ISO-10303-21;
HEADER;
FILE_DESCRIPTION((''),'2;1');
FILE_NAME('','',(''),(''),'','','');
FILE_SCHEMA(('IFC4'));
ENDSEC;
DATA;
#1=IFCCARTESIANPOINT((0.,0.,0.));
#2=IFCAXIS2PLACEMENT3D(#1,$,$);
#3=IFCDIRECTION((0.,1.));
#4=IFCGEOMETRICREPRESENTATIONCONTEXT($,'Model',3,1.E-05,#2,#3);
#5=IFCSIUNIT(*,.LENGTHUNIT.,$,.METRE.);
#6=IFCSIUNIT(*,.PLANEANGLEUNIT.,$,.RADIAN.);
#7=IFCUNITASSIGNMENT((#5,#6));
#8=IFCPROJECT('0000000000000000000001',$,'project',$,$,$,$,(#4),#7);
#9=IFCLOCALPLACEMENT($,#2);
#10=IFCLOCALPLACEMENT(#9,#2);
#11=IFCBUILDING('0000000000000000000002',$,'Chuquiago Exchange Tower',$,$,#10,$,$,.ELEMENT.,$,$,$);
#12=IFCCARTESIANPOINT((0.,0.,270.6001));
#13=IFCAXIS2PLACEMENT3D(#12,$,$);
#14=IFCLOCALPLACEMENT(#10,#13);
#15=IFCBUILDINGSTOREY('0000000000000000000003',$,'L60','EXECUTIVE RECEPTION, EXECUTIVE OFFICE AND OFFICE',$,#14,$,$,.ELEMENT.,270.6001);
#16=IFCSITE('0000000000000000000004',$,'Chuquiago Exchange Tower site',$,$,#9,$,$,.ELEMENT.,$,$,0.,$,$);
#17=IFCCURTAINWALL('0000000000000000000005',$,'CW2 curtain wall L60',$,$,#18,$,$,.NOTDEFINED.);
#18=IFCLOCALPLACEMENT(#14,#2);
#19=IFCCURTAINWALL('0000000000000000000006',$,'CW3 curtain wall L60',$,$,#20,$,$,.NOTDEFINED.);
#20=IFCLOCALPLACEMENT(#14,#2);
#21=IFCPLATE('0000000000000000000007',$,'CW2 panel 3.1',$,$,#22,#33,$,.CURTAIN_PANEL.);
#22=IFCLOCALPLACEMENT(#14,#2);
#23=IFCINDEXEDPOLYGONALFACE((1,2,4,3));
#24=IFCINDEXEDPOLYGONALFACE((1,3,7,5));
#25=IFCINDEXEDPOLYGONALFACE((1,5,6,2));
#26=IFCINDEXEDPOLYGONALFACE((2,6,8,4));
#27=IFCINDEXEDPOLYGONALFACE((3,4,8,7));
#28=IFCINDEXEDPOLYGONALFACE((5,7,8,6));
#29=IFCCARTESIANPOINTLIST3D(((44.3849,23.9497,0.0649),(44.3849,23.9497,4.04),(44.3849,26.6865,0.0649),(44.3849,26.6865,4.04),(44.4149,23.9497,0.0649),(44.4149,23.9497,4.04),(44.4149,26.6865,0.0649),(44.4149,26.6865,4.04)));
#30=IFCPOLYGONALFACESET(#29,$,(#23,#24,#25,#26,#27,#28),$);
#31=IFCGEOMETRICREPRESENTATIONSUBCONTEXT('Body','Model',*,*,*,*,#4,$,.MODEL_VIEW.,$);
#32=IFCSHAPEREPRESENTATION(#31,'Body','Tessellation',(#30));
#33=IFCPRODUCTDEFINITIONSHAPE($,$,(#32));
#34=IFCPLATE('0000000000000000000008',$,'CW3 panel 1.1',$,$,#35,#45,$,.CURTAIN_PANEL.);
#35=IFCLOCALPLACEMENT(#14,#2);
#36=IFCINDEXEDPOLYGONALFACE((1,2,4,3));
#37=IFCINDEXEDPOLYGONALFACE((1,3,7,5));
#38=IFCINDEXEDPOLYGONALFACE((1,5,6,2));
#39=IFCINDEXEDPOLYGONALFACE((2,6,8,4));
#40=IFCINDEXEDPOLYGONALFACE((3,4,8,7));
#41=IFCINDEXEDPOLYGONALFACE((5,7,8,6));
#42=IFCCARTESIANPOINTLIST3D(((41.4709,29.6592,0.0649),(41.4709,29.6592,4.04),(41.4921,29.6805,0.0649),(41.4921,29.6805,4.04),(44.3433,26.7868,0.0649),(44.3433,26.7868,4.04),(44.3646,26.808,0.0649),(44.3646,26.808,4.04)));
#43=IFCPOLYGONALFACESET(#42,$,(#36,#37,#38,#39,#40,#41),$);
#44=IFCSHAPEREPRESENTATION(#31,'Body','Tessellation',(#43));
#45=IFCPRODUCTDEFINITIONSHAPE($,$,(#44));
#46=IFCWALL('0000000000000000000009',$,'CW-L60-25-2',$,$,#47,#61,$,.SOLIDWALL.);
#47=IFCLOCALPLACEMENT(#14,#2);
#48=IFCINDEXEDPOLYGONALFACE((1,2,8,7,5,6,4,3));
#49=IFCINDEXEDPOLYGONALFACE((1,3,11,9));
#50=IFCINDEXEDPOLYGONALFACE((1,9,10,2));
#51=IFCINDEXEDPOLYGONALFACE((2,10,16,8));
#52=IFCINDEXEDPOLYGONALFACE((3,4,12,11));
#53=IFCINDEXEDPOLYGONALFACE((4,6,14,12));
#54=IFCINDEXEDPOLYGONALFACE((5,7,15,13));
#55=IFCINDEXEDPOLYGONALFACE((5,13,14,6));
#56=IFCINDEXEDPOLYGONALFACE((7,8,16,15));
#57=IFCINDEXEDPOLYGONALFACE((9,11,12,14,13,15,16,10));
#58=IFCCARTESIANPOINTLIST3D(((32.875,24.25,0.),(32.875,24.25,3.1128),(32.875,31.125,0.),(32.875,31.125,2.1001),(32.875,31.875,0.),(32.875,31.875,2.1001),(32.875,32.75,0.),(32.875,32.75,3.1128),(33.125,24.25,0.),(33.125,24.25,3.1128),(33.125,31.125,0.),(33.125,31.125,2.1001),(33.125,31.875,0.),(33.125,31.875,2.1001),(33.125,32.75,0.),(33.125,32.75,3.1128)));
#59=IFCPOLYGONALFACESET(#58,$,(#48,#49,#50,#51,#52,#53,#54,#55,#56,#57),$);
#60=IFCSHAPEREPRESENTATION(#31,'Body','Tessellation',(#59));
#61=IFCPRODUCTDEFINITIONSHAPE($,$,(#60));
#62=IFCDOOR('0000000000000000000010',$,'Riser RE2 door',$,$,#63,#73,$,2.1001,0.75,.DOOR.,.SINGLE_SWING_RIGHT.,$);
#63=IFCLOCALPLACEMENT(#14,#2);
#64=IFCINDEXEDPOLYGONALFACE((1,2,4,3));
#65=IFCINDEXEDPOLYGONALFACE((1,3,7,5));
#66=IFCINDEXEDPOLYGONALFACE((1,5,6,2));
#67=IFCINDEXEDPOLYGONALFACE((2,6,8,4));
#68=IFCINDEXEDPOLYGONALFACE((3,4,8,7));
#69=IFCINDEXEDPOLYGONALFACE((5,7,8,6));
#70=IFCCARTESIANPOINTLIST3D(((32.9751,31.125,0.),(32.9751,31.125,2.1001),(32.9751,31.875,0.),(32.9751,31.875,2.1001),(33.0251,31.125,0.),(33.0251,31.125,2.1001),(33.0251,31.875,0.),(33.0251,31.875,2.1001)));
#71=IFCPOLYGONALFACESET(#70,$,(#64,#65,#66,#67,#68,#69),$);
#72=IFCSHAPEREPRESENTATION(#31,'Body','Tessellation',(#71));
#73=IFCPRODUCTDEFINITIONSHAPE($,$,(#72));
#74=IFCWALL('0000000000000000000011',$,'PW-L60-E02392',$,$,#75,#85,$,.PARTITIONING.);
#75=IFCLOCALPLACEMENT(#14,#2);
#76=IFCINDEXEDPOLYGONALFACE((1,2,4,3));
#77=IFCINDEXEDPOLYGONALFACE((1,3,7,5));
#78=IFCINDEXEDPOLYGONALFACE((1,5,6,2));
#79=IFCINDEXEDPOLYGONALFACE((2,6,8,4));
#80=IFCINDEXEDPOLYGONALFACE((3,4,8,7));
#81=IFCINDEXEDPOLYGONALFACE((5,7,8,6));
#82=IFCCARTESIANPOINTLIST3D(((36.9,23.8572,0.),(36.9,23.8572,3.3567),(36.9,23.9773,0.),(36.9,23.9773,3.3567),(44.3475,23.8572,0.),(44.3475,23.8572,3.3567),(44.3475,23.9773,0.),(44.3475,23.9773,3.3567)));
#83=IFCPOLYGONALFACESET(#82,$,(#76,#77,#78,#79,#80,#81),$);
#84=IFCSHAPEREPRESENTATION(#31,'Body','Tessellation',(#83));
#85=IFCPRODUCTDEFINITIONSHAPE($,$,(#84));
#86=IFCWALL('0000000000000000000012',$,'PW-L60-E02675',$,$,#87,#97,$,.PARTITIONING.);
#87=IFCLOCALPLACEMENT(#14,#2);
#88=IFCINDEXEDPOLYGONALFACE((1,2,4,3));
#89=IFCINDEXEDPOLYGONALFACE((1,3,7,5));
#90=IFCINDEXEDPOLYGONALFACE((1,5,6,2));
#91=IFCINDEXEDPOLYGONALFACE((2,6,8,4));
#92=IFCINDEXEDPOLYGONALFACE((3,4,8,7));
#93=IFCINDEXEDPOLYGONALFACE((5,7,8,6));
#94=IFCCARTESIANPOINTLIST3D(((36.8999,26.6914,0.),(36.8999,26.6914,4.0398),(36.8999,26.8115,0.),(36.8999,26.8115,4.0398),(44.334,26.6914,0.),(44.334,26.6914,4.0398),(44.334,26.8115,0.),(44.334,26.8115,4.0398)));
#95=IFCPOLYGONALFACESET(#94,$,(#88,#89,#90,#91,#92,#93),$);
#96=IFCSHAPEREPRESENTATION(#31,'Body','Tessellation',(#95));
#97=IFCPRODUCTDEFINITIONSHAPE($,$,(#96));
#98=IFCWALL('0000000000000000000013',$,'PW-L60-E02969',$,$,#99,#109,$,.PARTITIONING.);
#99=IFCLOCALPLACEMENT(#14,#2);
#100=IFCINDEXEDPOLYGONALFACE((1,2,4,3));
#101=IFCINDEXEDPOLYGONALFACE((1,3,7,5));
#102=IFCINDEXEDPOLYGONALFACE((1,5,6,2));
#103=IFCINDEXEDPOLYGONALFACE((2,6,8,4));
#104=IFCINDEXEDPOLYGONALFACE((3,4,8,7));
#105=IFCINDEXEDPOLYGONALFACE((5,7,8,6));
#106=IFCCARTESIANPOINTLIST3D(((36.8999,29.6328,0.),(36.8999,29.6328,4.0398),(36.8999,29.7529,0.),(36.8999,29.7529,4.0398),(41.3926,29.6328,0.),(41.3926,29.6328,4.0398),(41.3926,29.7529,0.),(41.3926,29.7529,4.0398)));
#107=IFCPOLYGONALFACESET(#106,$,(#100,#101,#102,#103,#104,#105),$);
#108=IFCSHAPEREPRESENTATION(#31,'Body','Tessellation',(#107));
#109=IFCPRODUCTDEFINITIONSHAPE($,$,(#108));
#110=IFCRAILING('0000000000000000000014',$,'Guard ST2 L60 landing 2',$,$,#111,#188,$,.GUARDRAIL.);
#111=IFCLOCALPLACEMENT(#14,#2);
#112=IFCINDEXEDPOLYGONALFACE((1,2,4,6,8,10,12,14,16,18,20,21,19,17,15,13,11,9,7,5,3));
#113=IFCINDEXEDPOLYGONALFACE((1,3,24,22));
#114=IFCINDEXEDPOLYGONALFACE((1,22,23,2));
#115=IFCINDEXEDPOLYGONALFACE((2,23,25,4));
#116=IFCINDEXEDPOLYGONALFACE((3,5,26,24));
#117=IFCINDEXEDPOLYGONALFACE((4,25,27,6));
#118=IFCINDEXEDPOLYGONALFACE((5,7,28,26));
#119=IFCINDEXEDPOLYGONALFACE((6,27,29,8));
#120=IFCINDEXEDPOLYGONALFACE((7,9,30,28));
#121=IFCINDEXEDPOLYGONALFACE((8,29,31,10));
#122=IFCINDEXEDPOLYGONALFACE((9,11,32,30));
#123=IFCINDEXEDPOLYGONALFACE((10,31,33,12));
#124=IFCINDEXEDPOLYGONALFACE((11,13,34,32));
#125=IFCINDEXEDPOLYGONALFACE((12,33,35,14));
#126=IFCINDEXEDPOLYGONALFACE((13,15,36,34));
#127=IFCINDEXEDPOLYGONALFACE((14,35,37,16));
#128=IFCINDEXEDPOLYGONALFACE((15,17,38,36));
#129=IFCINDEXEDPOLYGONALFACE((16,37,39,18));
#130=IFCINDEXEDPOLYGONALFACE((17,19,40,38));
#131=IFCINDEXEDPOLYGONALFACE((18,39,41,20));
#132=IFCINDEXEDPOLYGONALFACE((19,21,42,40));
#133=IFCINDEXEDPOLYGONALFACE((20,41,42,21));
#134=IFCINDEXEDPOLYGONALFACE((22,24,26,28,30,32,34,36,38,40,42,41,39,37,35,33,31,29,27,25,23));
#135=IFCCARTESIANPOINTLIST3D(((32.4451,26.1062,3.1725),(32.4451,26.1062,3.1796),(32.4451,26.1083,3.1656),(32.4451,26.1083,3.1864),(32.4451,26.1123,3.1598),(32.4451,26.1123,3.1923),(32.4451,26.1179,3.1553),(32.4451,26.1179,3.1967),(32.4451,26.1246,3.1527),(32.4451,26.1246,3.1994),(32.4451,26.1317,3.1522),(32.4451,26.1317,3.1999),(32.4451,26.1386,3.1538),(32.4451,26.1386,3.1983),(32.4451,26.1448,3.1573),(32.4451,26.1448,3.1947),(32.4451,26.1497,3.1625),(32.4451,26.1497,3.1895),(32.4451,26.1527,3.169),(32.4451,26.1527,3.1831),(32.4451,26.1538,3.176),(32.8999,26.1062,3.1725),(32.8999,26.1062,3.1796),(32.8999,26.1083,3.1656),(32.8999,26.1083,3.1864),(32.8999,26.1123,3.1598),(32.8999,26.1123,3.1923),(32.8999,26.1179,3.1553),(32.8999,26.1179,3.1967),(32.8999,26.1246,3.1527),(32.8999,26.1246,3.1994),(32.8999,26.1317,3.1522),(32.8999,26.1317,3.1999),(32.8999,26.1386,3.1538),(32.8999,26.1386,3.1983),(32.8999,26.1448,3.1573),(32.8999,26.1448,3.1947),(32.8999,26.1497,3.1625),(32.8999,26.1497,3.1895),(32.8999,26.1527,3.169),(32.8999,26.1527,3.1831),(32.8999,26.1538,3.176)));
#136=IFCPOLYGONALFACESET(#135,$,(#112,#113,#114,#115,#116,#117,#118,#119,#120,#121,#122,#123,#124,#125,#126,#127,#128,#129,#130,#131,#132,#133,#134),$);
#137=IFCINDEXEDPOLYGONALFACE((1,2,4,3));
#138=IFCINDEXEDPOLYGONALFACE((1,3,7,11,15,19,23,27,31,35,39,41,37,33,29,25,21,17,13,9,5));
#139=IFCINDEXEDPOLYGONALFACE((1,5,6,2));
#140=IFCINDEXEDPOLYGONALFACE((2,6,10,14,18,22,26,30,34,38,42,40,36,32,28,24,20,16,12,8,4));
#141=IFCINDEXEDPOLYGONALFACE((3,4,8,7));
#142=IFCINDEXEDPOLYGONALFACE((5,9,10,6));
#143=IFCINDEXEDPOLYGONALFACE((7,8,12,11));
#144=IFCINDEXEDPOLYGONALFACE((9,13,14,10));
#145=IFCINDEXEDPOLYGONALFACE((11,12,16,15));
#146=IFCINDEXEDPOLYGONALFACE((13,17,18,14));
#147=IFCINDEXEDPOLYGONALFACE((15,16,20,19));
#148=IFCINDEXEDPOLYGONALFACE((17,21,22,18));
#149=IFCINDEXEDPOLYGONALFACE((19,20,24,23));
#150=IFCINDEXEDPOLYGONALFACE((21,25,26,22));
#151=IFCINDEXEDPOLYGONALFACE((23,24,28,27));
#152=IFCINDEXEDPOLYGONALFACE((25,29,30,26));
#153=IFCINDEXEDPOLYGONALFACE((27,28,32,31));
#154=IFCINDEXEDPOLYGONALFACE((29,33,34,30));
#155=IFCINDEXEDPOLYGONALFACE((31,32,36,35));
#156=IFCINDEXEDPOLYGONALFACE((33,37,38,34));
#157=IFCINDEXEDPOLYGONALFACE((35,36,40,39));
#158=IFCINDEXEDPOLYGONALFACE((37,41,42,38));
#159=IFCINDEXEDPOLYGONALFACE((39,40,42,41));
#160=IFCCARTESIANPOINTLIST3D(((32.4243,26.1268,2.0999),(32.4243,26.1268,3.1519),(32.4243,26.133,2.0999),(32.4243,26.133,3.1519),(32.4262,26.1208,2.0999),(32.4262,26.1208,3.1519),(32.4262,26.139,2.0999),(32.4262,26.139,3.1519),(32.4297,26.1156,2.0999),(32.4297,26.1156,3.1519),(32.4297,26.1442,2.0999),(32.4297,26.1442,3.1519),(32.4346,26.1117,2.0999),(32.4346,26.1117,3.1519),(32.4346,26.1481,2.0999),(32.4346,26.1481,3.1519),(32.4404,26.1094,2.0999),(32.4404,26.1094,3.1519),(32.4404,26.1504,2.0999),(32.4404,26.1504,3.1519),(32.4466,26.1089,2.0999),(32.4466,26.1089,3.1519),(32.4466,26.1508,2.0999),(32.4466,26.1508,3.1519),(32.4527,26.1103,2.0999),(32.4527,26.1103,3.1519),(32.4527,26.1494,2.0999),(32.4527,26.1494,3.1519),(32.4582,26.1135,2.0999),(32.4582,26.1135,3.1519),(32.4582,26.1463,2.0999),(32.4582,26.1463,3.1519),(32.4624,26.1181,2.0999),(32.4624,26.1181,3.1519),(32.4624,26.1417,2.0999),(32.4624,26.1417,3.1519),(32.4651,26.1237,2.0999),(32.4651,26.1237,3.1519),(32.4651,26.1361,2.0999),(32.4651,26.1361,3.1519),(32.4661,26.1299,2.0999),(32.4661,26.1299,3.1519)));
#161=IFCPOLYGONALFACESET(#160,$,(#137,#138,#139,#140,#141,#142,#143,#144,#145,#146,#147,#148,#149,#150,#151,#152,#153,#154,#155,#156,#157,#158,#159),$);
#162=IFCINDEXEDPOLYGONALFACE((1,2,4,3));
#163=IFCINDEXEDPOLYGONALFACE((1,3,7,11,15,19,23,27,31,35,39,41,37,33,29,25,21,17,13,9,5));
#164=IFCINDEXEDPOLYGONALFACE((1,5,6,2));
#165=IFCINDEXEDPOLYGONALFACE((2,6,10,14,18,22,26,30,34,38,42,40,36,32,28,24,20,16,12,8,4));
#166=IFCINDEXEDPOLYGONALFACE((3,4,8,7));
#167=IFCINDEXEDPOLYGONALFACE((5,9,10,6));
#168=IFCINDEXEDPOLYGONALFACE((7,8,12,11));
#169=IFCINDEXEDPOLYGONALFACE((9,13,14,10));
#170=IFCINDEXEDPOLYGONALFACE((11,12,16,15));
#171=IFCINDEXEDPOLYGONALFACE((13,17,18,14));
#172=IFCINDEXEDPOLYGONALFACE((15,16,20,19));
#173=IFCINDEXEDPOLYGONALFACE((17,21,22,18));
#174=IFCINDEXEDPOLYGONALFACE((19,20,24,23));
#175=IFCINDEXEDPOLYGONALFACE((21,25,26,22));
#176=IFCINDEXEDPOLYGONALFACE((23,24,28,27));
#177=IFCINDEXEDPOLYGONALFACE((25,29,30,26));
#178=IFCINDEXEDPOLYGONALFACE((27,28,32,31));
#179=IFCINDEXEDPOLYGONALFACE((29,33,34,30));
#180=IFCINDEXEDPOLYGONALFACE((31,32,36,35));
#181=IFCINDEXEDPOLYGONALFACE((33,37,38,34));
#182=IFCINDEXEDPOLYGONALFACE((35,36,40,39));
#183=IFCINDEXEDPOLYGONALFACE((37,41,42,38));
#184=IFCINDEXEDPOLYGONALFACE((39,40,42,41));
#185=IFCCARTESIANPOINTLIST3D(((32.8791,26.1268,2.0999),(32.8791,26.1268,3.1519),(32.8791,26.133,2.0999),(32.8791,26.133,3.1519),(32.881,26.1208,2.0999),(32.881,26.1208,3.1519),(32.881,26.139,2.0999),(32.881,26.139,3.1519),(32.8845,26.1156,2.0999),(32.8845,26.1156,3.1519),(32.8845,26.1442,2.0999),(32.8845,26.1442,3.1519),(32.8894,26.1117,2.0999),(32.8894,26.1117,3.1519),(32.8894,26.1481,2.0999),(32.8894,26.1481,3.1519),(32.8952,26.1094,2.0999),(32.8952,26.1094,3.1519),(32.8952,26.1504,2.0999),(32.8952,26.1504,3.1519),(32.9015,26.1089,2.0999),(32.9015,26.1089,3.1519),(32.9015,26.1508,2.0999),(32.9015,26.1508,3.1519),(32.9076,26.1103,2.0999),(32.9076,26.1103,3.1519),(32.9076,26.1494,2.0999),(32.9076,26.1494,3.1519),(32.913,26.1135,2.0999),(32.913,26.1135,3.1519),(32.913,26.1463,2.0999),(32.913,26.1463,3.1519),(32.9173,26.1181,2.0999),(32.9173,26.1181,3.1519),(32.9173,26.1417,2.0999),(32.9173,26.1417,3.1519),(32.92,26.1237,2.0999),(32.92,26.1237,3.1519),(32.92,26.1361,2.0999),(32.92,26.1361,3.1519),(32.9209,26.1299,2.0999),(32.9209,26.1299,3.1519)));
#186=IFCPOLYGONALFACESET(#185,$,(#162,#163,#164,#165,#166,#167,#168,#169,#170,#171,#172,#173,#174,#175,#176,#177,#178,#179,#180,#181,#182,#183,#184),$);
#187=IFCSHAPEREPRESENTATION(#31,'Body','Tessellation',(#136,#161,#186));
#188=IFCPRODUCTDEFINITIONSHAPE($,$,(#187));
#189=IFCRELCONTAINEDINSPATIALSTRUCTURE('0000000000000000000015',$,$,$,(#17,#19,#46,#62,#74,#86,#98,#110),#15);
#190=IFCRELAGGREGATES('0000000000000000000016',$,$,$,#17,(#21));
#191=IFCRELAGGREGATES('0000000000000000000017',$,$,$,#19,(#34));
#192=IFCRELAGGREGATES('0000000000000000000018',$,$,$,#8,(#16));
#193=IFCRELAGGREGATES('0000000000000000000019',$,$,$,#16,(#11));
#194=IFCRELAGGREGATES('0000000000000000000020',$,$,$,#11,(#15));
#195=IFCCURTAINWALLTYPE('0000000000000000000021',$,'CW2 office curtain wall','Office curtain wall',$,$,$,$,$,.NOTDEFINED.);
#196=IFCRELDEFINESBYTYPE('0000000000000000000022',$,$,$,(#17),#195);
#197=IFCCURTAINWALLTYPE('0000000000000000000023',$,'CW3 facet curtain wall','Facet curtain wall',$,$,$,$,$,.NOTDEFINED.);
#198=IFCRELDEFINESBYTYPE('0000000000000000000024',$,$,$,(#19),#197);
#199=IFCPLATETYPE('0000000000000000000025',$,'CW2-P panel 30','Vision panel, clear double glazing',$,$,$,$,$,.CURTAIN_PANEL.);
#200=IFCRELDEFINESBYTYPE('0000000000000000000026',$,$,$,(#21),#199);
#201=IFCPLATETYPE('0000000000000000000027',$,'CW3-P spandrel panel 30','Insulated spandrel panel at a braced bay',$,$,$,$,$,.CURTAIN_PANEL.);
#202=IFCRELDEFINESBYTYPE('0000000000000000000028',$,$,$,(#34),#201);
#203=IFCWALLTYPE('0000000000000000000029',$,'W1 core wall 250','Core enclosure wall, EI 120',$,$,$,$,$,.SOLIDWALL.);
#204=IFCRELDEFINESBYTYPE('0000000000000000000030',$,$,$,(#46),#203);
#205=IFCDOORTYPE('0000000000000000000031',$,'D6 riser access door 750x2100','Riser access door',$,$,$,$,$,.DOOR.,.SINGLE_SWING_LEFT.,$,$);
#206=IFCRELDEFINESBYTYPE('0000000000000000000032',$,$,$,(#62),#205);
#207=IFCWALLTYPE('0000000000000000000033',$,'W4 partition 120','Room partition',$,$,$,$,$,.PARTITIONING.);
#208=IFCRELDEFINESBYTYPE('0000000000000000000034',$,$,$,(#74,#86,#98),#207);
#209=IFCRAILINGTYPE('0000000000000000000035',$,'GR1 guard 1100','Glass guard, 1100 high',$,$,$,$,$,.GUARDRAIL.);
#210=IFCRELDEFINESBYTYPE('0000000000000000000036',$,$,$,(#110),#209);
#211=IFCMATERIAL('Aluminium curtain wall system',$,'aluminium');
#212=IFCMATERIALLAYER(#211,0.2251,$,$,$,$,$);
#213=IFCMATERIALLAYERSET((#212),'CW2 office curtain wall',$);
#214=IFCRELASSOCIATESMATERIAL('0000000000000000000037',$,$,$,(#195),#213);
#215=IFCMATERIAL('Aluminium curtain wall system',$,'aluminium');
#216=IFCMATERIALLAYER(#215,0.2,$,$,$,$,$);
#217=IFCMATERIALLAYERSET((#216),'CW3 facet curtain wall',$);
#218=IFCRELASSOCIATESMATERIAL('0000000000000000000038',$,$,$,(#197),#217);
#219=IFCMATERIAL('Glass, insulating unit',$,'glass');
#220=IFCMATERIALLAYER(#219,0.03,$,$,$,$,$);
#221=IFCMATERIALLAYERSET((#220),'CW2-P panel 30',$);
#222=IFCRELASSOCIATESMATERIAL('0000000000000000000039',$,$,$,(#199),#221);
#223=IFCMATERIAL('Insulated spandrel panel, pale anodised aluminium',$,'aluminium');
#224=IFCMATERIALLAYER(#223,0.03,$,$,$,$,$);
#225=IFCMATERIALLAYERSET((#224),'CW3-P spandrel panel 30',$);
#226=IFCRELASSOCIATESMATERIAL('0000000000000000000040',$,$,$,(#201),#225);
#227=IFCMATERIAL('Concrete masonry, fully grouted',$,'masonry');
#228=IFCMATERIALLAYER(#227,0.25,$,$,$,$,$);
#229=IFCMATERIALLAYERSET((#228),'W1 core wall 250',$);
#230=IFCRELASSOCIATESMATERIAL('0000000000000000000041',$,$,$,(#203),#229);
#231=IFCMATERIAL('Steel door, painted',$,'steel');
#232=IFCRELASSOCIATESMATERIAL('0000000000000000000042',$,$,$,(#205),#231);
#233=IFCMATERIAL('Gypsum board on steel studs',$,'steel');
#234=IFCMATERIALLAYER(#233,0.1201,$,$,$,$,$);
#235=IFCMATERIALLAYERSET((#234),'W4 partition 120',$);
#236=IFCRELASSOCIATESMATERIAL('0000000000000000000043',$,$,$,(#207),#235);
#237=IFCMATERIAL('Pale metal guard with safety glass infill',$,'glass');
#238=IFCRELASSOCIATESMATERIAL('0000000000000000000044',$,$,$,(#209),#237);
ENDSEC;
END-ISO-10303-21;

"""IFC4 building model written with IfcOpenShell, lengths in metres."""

from ifc_helpers import new_model, si_unit, direction, frame, frame_2d, origin, origin_2d, place, context, subcontext, project, spatial, rectangle, circle, extrude, material, layer, layer_set, type_object, element, fill, aggregate, save


model = new_model("IFC4")

# Units and contexts
model_context = context("Model", 3, precision=1e-05, world=origin(), true_north=direction((0.0, 1.0)))
body_context = subcontext(model_context, "Body", "Model", "MODEL_VIEW")
ifc_project = project(units=[si_unit("LENGTHUNIT", "METRE"), si_unit("PLANEANGLEUNIT", "RADIAN")], contexts=[model_context])

# Site, building, storey
site_placement = place(None, origin())
site = spatial("IfcSite", under=ifc_project, at=site_placement, Name="Chuquiago Exchange Tower site", CompositionType="ELEMENT", RefElevation=0.0)
building_placement = place(site_placement, origin())
building = spatial("IfcBuilding", under=site, at=building_placement, Name="Chuquiago Exchange Tower", CompositionType="ELEMENT")
storey_placement = place(building_placement, frame((0.0, 0.0, 270.6001)))
storey = spatial("IfcBuildingStorey", under=building, at=storey_placement, Name="L60", Description="EXECUTIVE RECEPTION, EXECUTIVE OFFICE AND OFFICE", CompositionType="ELEMENT", Elevation=270.6001)

# Curtain walls
ifc_material_1 = material(Name="Aluminium curtain wall system", Category="aluminium")
ifc_layer_1 = layer(ifc_material_1, 0.2251)
ifc_layer_set_1 = layer_set([ifc_layer_1], Name="CW2 office curtain wall")
curtain_wall_type_1 = type_object("IfcCurtainWallType", Name="CW2 office curtain wall", Description="Office curtain wall", PredefinedType="NOTDEFINED", material=ifc_layer_set_1)
curtain_wall_1_placement = place(storey_placement, origin())
curtain_wall_1 = element("IfcCurtainWall", 1, at=curtain_wall_1_placement, inside=storey, type_object=curtain_wall_type_1, Name="CW2 curtain wall L60", PredefinedType="NOTDEFINED")
ifc_material_2 = material(Name="Aluminium curtain wall system", Category="aluminium")
ifc_layer_2 = layer(ifc_material_2, 0.2)
ifc_layer_set_2 = layer_set([ifc_layer_2], Name="CW3 facet curtain wall")
curtain_wall_type_2 = type_object("IfcCurtainWallType", Name="CW3 facet curtain wall", Description="Facet curtain wall", PredefinedType="NOTDEFINED", material=ifc_layer_set_2)
curtain_wall_2_placement = place(storey_placement, origin())
curtain_wall_2 = element("IfcCurtainWall", 2, at=curtain_wall_2_placement, inside=storey, type_object=curtain_wall_type_2, Name="CW3 curtain wall L60", PredefinedType="NOTDEFINED")

# Plates
ifc_material_3 = material(Name="Glass, insulating unit", Category="glass")
ifc_layer_3 = layer(ifc_material_3, 0.03)
ifc_layer_set_3 = layer_set([ifc_layer_3], Name="CW2-P panel 30")
plate_type_1 = type_object("IfcPlateType", Name="CW2-P panel 30", Description="Vision panel, clear double glazing", PredefinedType="CURTAIN_PANEL", material=ifc_layer_set_3)
plate_1_placement = place(storey_placement, frame((44.3999, 25.3181, 0.0649), z_axis=(0.0, 0.0, 1.0), x_axis=(0.0, 1.0, 0.0)))
plate_1 = element("IfcPlate", 3, at=plate_1_placement, type_object=plate_type_1, Name="CW2 panel 3.1", PredefinedType="CURTAIN_PANEL", context=body_context, shape_type="SweptSolid", body=[
    extrude(rectangle(XDim=2.7368, YDim=0.03, at=origin_2d()), origin(), (0.0, 0.0, 1.0), 3.9751),
])
aggregate(curtain_wall_1, [plate_1])
ifc_material_4 = material(Name="Insulated spandrel panel, pale anodised aluminium", Category="aluminium")
ifc_layer_4 = layer(ifc_material_4, 0.03)
ifc_layer_set_4 = layer_set([ifc_layer_4], Name="CW3-P spandrel panel 30")
plate_type_2 = type_object("IfcPlateType", Name="CW3-P spandrel panel 30", Description="Insulated spandrel panel at a braced bay", PredefinedType="CURTAIN_PANEL", material=ifc_layer_set_4)
plate_2_placement = place(storey_placement, frame((42.9177, 28.2336, 0.0649), z_axis=(0.0, 0.0, 1.0), x_axis=(-0.707107, 0.707107, 0.0)))
plate_2 = element("IfcPlate", 4, at=plate_2_placement, type_object=plate_type_2, Name="CW3 panel 1.1", PredefinedType="CURTAIN_PANEL", context=body_context, shape_type="SweptSolid", body=[
    extrude(rectangle(XDim=4.0623, YDim=0.03, at=origin_2d()), origin(), (0.0, 0.0, 1.0), 3.9751),
])
aggregate(curtain_wall_2, [plate_2])

# Wall, opening, door
ifc_material_5 = material(Name="Concrete masonry, fully grouted", Category="masonry")
ifc_layer_5 = layer(ifc_material_5, 0.25)
ifc_layer_set_5 = layer_set([ifc_layer_5], Name="W1 core wall 250")
wall_type_1 = type_object("IfcWallType", Name="W1 core wall 250", Description="Core enclosure wall, EI 120", PredefinedType="SOLIDWALL", material=ifc_layer_set_5)
wall_1_placement = place(storey_placement, frame((33.0, 24.25, 0.0), z_axis=(0.0, 0.0, 1.0), x_axis=(0.0, 1.0, 0.0)))
wall_1 = element("IfcWall", 5, at=wall_1_placement, inside=storey, type_object=wall_type_1, Name="CW-L60-25-2", PredefinedType="SOLIDWALL", context=body_context, shape_type="SweptSolid", body=[
    extrude(rectangle(XDim=8.5, YDim=0.25, at=frame_2d((4.25, 0.0))), origin(), (0.0, 0.0, 1.0), 3.1128),
])
opening_1_placement = place(wall_1_placement, frame((6.875, 0.0, 0.0)))
opening_1 = element("IfcOpeningElement", 6, at=opening_1_placement, cuts=wall_1, PredefinedType="OPENING", context=body_context, shape_type="SweptSolid", body=[
    extrude(rectangle(XDim=0.75, YDim=2.1001, at=frame_2d((0.375, 1.05))), frame((0.0, 0.135, 0.0), z_axis=(0.0, -1.0, 0.0), x_axis=(1.0, 0.0, 0.0)), (0.0, 0.0, 1.0), 0.27),
])
ifc_material_6 = material(Name="Steel door, painted", Category="steel")
door_type_1 = type_object("IfcDoorType", Name="D6 riser access door 750x2100", Description="Riser access door", OperationType="SINGLE_SWING_LEFT", PredefinedType="DOOR", material=ifc_material_6)
door_1_placement = place(opening_1_placement, origin())
door_1 = element("IfcDoor", 7, at=door_1_placement, inside=storey, type_object=door_type_1, Name="Riser RE2 door", OperationType="SINGLE_SWING_RIGHT", OverallHeight=2.1001, OverallWidth=0.75, PredefinedType="DOOR", context=body_context, shape_type="SweptSolid", body=[
    extrude(rectangle(XDim=0.75, YDim=2.1001, at=frame_2d((0.375, 1.05))), frame((0.0, 0.0249, 0.0), z_axis=(0.0, -1.0, 0.0), x_axis=(1.0, 0.0, 0.0)), (0.0, 0.0, 1.0), 0.05),
])
fill(opening_1, door_1)

# Walls
ifc_material_7 = material(Name="Gypsum board on steel studs", Category="steel")
ifc_layer_6 = layer(ifc_material_7, 0.1201)
ifc_layer_set_6 = layer_set([ifc_layer_6], Name="W4 partition 120")
wall_type_2 = type_object("IfcWallType", Name="W4 partition 120", Description="Room partition", PredefinedType="PARTITIONING", material=ifc_layer_set_6)
wall_2_placement = place(storey_placement, frame((44.3474, 23.9172, 0.0), z_axis=(0.0, 0.0, 1.0), x_axis=(-1.0, 0.0, 0.0)))
element("IfcWall", 8, at=wall_2_placement, inside=storey, type_object=wall_type_2, Name="PW-L60-E02392", PredefinedType="PARTITIONING", context=body_context, shape_type="SweptSolid", body=[
    extrude(rectangle(XDim=7.4475, YDim=0.1201, at=frame_2d((3.7236, 0.0))), origin(), (0.0, 0.0, 1.0), 3.3567),
])
wall_3_placement = place(storey_placement, frame((44.334, 26.7515, 0.0), z_axis=(0.0, 0.0, 1.0), x_axis=(-1.0, 0.0, 0.0)))
element("IfcWall", 9, at=wall_3_placement, inside=storey, type_object=wall_type_2, Name="PW-L60-E02675", PredefinedType="PARTITIONING", context=body_context, shape_type="SweptSolid", body=[
    extrude(rectangle(XDim=7.4341, YDim=0.1201, at=frame_2d((3.717, 0.0))), origin(), (0.0, 0.0, 1.0), 4.0398),
])
wall_4_placement = place(storey_placement, frame((41.3926, 29.6929, 0.0), z_axis=(0.0, 0.0, 1.0), x_axis=(-1.0, 0.0, 0.0)))
element("IfcWall", 10, at=wall_4_placement, inside=storey, type_object=wall_type_2, Name="PW-L60-E02969", PredefinedType="PARTITIONING", context=body_context, shape_type="SweptSolid", body=[
    extrude(rectangle(XDim=4.4927, YDim=0.1201, at=frame_2d((2.2463, 0.0))), origin(), (0.0, 0.0, 1.0), 4.0398),
])

# Railing
ifc_material_8 = material(Name="Pale metal guard with safety glass infill", Category="glass")
railing_type_1 = type_object("IfcRailingType", Name="GR1 guard 1100", Description="Glass guard, 1100 high", PredefinedType="GUARDRAIL", material=ifc_material_8)
railing_1_placement = place(storey_placement, frame((32.4451, 26.1299, 2.0999)))
element("IfcRailing", 11, at=railing_1_placement, inside=storey, type_object=railing_type_1, Name="Guard ST2 L60 landing 2", PredefinedType="GUARDRAIL", context=body_context, shape_type="SweptSolid", body=[
    extrude(circle(Radius=0.0239, at=origin_2d()), frame((0.0, 0.0, 1.0762), z_axis=(1.0, 0.0, 0.0), x_axis=(0.0, 1.0, 0.0)), (0.0, 0.0, 1.0), 0.4548),
    extrude(circle(Radius=0.021, at=origin_2d()), origin(), (0.0, 0.0, 1.0), 1.052),
    extrude(circle(Radius=0.021, at=origin_2d()), frame((0.4548, 0.0, 0.0)), (0.0, 0.0, 1.0), 1.052),
])

save(model, "model.ifc")
